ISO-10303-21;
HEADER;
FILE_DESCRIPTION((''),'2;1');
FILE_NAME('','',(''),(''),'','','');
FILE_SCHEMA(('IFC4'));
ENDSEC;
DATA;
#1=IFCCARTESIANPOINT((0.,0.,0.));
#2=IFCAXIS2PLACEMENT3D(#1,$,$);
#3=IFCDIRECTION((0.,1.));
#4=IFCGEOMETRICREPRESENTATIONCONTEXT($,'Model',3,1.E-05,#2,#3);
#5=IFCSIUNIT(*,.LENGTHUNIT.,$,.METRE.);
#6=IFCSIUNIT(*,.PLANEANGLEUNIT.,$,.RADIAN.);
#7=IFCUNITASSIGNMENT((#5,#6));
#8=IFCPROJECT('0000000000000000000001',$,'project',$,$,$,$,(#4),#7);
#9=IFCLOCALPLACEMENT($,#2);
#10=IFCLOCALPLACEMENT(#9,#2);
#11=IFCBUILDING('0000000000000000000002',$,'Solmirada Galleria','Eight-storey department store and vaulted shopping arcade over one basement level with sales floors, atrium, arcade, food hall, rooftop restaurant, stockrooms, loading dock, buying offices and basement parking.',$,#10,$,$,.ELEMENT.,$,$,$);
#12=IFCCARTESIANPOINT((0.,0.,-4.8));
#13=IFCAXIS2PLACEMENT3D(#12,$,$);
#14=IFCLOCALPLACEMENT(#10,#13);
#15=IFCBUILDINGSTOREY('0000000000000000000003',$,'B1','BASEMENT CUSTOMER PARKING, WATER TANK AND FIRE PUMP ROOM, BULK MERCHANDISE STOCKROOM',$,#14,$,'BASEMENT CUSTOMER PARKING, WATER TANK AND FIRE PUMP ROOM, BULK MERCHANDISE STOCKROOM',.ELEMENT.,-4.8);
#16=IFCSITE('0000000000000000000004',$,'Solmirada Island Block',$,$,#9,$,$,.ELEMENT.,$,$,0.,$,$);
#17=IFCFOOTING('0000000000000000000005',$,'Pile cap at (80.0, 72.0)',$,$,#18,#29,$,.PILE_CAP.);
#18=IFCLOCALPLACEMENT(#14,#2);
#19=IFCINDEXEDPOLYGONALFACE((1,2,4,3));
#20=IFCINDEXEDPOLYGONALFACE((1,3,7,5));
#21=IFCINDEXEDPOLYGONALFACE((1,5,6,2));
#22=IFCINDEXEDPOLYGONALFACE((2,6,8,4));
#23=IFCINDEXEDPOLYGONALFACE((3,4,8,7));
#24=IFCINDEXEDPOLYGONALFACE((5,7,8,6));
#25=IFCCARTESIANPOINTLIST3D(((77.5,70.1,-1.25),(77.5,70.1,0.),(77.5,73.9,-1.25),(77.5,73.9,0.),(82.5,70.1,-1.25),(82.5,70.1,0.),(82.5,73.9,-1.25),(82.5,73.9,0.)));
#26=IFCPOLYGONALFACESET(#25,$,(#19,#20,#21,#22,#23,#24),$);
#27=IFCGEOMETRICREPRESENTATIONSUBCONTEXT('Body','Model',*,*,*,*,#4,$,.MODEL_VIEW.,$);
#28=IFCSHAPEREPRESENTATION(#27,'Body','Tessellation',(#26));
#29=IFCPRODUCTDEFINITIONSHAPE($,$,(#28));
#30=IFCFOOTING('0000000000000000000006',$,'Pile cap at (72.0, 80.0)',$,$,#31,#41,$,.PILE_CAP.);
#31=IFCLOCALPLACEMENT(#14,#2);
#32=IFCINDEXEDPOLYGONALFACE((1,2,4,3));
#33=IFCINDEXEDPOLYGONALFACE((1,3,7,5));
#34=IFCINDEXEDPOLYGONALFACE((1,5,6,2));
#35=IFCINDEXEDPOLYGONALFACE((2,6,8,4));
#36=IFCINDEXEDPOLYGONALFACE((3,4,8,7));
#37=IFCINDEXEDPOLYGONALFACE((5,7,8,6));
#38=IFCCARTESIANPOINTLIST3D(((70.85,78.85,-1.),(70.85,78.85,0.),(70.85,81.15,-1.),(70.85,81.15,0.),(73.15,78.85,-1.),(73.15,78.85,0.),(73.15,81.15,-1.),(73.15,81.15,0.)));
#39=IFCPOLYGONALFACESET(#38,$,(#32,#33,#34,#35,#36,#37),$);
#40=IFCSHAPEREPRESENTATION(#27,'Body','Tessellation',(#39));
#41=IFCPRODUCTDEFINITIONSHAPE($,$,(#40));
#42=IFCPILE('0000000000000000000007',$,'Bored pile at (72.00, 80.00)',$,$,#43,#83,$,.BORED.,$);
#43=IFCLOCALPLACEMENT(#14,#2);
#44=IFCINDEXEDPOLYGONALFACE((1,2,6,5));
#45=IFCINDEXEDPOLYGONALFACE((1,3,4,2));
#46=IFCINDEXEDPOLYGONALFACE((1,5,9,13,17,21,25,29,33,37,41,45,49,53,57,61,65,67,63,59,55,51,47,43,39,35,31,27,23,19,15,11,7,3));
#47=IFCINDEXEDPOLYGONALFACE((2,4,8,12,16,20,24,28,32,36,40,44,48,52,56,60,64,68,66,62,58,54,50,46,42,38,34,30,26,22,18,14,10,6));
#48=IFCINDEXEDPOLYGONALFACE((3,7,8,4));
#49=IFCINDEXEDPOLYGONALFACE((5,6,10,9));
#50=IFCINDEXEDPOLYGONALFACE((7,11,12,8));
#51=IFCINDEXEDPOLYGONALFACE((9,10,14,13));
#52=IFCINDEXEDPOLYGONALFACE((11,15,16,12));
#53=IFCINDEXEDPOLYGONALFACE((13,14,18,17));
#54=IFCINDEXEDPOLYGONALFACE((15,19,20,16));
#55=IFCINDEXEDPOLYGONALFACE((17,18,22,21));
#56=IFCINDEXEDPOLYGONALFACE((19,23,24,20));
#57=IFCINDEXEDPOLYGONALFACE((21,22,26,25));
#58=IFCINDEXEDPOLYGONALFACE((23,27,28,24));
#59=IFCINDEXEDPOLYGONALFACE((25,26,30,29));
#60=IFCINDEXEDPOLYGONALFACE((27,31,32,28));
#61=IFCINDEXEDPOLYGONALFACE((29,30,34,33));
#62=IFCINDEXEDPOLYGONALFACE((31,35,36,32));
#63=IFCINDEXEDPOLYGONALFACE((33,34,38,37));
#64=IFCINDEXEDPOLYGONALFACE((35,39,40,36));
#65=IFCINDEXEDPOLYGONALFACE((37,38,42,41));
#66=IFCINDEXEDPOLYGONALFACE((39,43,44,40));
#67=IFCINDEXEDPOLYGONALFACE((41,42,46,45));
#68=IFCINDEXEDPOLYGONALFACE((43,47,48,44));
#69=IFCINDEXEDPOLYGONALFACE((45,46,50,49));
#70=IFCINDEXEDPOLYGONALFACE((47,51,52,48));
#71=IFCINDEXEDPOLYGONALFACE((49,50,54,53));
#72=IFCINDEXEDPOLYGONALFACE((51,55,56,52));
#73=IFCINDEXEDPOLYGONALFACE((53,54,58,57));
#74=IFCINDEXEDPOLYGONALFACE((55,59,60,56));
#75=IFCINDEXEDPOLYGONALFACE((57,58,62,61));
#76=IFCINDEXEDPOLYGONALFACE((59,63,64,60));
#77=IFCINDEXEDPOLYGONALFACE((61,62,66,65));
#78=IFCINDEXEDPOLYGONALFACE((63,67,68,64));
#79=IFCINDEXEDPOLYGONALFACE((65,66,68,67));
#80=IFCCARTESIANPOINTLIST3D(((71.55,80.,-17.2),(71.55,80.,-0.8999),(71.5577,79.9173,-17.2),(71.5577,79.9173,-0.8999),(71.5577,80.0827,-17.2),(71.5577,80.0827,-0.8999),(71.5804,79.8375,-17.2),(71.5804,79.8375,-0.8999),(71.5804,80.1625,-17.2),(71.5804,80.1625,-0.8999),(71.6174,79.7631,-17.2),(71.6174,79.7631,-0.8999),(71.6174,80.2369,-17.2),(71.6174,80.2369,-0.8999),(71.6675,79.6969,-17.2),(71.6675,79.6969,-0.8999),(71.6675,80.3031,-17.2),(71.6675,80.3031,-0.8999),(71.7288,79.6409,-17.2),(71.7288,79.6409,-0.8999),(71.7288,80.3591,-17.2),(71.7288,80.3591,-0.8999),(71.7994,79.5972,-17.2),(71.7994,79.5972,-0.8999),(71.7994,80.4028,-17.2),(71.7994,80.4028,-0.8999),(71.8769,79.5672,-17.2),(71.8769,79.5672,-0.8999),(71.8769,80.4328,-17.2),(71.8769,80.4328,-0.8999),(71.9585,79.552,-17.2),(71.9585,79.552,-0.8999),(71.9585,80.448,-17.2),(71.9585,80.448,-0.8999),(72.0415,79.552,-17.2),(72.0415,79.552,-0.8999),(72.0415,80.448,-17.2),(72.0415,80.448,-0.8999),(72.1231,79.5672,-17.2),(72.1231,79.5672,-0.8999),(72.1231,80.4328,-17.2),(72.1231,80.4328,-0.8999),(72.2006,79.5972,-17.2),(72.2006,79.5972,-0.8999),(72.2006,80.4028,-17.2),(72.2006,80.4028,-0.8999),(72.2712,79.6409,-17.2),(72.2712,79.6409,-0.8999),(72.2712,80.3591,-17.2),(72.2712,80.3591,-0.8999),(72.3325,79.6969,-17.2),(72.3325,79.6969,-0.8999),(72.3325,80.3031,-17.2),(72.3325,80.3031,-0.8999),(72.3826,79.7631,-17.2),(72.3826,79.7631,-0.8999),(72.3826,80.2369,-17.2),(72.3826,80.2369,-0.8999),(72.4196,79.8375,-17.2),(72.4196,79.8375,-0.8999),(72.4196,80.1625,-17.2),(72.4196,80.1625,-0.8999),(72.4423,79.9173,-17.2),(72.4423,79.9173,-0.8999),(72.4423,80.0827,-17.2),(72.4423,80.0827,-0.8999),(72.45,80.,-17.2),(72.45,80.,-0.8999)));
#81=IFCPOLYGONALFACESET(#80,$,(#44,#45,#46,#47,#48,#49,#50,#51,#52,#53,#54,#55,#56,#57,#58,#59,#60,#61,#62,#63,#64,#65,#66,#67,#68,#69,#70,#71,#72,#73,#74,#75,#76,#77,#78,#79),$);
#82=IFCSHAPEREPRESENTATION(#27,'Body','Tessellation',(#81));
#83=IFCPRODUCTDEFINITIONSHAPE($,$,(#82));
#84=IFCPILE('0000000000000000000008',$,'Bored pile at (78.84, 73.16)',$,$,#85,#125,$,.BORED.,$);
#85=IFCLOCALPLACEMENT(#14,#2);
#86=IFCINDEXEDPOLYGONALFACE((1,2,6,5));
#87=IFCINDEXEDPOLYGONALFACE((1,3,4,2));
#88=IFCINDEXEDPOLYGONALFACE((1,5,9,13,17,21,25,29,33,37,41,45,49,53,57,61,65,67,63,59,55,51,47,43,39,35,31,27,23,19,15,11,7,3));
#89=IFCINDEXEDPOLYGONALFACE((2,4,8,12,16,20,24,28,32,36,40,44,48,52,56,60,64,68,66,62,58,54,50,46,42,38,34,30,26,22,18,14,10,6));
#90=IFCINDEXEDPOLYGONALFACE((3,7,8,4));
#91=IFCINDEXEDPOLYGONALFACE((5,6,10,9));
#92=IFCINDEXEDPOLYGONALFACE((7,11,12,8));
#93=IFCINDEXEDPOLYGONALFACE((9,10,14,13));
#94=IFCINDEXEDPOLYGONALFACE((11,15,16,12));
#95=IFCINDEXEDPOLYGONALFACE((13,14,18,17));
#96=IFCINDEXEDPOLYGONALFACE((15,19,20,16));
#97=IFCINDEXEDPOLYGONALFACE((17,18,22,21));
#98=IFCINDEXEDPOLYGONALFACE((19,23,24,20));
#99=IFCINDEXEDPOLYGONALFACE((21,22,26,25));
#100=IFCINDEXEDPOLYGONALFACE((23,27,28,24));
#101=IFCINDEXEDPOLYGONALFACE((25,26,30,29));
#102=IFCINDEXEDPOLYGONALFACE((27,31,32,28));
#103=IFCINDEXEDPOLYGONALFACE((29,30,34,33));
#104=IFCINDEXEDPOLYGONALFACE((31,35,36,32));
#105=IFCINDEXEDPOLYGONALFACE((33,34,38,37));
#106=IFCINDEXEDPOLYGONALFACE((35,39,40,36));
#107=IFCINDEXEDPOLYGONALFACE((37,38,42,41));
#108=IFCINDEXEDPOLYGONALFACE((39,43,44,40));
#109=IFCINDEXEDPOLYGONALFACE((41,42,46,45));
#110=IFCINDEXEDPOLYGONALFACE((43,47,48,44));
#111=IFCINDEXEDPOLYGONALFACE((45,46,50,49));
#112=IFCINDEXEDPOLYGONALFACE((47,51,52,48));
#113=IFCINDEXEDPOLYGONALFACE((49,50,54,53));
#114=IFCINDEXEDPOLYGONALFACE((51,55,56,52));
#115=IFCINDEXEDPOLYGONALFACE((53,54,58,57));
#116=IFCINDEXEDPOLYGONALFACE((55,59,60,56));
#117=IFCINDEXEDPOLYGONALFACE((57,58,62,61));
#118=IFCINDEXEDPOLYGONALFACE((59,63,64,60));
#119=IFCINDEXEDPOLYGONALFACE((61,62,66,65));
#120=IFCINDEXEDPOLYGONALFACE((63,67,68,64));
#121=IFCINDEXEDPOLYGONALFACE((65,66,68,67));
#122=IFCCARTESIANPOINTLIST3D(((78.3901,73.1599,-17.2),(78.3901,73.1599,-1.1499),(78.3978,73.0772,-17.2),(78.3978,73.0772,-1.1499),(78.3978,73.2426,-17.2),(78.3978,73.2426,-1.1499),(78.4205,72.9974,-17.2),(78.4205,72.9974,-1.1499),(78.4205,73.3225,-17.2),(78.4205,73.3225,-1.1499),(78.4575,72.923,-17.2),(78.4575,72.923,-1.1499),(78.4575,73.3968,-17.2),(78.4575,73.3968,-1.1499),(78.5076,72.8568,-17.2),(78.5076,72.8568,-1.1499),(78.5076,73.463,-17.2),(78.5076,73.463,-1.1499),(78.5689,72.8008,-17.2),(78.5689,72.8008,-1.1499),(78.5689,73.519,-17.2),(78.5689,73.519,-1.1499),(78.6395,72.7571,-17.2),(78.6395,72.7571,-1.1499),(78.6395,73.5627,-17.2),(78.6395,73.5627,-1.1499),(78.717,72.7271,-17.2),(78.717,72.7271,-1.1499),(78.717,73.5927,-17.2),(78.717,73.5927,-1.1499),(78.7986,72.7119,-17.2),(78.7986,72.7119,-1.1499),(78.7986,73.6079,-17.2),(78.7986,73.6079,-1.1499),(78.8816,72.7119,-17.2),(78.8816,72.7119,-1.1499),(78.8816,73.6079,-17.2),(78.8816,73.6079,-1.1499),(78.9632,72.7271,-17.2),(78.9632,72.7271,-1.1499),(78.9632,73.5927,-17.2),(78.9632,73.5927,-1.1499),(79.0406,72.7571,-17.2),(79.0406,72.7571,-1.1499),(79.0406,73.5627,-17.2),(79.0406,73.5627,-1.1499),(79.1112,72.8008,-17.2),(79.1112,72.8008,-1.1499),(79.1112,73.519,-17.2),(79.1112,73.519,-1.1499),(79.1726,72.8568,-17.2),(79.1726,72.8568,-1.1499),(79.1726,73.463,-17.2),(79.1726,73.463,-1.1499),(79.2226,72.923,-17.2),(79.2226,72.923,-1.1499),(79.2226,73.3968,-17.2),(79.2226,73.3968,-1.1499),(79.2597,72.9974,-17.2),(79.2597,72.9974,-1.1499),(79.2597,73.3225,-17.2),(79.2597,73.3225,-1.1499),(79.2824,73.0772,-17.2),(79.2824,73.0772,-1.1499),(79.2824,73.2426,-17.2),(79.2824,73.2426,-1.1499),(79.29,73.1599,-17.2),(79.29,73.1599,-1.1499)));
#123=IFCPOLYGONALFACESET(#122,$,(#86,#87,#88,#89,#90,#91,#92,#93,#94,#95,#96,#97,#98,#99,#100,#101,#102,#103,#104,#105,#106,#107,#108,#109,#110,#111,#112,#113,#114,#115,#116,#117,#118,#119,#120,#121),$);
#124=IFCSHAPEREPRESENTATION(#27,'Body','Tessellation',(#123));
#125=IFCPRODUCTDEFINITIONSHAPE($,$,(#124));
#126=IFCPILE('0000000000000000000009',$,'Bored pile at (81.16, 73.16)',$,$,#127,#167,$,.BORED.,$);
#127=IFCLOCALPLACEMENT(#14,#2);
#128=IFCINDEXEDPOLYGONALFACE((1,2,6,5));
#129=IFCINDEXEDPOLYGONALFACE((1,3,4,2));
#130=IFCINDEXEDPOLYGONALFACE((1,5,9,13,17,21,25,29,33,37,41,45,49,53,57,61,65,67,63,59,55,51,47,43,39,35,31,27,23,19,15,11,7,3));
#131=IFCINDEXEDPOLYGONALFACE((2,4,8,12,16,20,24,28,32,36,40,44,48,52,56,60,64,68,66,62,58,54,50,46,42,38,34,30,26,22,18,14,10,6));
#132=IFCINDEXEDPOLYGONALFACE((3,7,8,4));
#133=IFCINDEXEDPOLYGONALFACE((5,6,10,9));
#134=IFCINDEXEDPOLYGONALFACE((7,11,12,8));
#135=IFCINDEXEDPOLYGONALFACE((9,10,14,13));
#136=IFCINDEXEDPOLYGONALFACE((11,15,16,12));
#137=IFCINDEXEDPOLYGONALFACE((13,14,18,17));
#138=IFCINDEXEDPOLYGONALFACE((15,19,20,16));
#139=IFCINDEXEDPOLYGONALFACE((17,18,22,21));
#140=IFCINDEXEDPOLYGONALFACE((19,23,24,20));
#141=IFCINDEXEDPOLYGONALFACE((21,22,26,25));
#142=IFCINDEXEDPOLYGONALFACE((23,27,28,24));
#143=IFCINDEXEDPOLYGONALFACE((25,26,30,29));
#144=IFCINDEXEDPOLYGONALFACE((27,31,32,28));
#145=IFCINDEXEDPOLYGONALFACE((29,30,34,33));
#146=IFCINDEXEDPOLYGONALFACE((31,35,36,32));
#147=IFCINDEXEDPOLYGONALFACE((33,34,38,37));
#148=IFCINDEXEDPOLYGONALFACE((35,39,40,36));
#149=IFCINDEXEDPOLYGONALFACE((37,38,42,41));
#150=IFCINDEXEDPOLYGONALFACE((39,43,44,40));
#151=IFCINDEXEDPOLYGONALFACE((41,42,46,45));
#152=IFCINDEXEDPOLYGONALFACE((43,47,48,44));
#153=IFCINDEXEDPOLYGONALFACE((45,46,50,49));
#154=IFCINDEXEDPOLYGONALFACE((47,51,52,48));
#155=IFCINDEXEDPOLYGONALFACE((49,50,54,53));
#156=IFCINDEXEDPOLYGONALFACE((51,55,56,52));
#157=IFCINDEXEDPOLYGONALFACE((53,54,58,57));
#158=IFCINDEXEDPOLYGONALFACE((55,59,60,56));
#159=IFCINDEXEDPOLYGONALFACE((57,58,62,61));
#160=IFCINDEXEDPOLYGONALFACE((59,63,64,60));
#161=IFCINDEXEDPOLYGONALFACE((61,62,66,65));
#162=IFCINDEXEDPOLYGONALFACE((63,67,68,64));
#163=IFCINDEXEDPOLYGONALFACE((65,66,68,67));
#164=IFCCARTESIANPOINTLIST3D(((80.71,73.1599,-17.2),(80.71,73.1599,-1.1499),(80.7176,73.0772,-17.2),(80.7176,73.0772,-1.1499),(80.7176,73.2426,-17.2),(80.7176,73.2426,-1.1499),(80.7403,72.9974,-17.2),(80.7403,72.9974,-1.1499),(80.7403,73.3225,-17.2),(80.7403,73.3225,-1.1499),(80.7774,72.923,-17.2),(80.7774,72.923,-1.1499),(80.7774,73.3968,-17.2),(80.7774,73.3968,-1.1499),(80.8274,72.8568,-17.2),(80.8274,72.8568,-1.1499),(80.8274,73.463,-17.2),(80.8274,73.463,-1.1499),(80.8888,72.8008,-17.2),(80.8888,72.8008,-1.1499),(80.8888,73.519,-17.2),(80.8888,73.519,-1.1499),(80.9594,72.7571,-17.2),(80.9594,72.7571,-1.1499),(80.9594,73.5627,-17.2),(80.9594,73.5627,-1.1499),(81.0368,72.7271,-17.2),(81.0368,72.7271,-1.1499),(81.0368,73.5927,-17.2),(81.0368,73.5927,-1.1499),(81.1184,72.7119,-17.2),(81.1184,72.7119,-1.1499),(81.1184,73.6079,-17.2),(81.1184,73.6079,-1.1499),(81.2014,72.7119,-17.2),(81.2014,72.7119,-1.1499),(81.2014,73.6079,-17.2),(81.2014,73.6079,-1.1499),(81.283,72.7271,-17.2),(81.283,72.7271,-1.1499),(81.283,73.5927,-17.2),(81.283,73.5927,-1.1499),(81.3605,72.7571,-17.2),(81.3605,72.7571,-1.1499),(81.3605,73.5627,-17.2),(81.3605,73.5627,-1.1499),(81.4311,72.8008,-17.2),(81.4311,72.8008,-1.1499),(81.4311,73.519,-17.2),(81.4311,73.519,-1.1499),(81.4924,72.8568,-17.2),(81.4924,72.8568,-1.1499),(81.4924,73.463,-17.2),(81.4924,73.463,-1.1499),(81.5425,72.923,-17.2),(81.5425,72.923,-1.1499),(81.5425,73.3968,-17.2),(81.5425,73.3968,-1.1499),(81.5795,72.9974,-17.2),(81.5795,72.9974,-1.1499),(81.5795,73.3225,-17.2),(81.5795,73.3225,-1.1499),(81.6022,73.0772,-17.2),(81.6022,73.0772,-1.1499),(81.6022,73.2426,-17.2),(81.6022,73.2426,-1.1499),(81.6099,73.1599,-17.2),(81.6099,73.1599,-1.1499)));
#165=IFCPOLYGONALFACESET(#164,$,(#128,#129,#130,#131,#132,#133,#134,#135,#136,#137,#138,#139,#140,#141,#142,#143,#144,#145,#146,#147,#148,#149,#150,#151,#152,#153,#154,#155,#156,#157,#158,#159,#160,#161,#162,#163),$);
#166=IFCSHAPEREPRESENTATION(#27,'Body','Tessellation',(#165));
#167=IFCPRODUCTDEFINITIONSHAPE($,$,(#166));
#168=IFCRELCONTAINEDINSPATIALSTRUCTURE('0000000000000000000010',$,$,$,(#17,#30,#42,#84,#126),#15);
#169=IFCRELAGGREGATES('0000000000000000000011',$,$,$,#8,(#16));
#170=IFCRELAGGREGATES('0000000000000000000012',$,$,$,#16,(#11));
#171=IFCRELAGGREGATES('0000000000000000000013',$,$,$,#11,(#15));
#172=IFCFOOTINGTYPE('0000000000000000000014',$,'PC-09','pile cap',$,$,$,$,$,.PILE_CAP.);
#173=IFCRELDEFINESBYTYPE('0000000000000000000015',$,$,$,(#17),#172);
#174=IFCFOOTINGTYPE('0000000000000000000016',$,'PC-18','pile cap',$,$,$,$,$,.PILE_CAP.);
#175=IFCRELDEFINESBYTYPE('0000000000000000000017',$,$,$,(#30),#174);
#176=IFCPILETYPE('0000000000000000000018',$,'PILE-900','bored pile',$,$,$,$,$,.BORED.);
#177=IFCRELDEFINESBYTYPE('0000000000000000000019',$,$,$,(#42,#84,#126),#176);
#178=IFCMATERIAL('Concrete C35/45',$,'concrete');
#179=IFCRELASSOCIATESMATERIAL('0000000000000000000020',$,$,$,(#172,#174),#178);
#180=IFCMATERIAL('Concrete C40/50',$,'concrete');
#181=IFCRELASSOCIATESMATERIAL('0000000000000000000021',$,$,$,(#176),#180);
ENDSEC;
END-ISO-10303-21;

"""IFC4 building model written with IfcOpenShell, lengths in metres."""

from ifc_helpers import new_model, si_unit, direction, frame, origin, origin_2d, place, context, subcontext, project, spatial, rectangle, circle, extrude, material, material_profile, profile_set, type_object, element, save


model = new_model("IFC4")

# Units and contexts
model_context = context("Model", 3, precision=1e-05, world=origin(), true_north=direction((0.0, 1.0)))
body_context = subcontext(model_context, "Body", "Model", "MODEL_VIEW")
ifc_project = project(units=[si_unit("LENGTHUNIT", "METRE"), si_unit("PLANEANGLEUNIT", "RADIAN")], contexts=[model_context])

# Site, building, storey
site_placement = place(None, origin())
site = spatial("IfcSite", under=ifc_project, at=site_placement, Name="Solmirada Island Block", CompositionType="ELEMENT", RefElevation=0.0)
building_placement = place(site_placement, origin())
building = spatial("IfcBuilding", under=site, at=building_placement, Name="Solmirada Galleria", Description="Eight-storey department store and vaulted shopping arcade over one basement level with sales floors, atrium, arcade, food hall, rooftop restaurant, stockrooms, loading dock, buying offices and basement parking.", CompositionType="ELEMENT")
storey_placement = place(building_placement, frame((0.0, 0.0, -4.8)))
storey = spatial("IfcBuildingStorey", under=building, at=storey_placement, Name="B1", Description="BASEMENT CUSTOMER PARKING, WATER TANK AND FIRE PUMP ROOM, BULK MERCHANDISE STOCKROOM", LongName="BASEMENT CUSTOMER PARKING, WATER TANK AND FIRE PUMP ROOM, BULK MERCHANDISE STOCKROOM", CompositionType="ELEMENT", Elevation=-4.8)

# Footings
ifc_material_1 = material(Name="Concrete C35/45", Category="concrete")
footing_type_1 = type_object("IfcFootingType", Name="PC-09", Description="pile cap", PredefinedType="PILE_CAP", material=ifc_material_1)
footing_1_placement = place(storey_placement, frame((80.0, 72.0, -1.25), z_axis=(0.0, 0.0, 1.0), x_axis=(1.0, 0.0, 0.0)))
element("IfcFooting", 1, at=footing_1_placement, inside=storey, type_object=footing_type_1, Name="Pile cap at (80.0, 72.0)", PredefinedType="PILE_CAP", context=body_context, shape_type="SweptSolid", body=[
    extrude(rectangle(XDim=5.0, YDim=3.8, at=origin_2d()), origin(), (0.0, 0.0, 1.0), 1.25),
])
footing_type_2 = type_object("IfcFootingType", Name="PC-18", Description="pile cap", PredefinedType="PILE_CAP", material=ifc_material_1)
footing_2_placement = place(storey_placement, frame((72.0, 80.0, -1.0), z_axis=(0.0, 0.0, 1.0), x_axis=(1.0, 0.0, 0.0)))
element("IfcFooting", 2, at=footing_2_placement, inside=storey, type_object=footing_type_2, Name="Pile cap at (72.0, 80.0)", PredefinedType="PILE_CAP", context=body_context, shape_type="SweptSolid", body=[
    extrude(rectangle(XDim=2.3, YDim=2.3, at=origin_2d()), origin(), (0.0, 0.0, 1.0), 1.0),
])

# Piles
ifc_material_2 = material(Name="Concrete C40/50", Category="concrete")
ifc_material_profile_1 = material_profile(ifc_material_2, circle(Radius=0.45, at=origin_2d()), Name="PILE900")
ifc_profile_set_1 = profile_set([ifc_material_profile_1], Name="Concrete C40/50")
pile_type = type_object("IfcPileType", Name="PILE-900", Description="bored pile", PredefinedType="BORED", material=ifc_profile_set_1)
pile_1_placement = place(storey_placement, frame((72.0, 80.0, -0.8999), z_axis=(0.0, 0.0, -1.0), x_axis=(1.0, 0.0, 0.0)))
element("IfcPile", 3, at=pile_1_placement, inside=storey, type_object=pile_type, Name="Bored pile at (72.00, 80.00)", PredefinedType="BORED", context=body_context, shape_type="SweptSolid", body=[
    extrude(circle(Radius=0.45, at=origin_2d()), origin(), (0.0, 0.0, 1.0), 16.3),
])
for number, where, z_axis, x_axis, name in (
    (4, (78.8401, 73.1599, -1.1499), (0.0, 0.0, -1.0), (1.0, 0.0, 0.0), "Bored pile at (78.84, 73.16)"),
    (5, (81.1599, 73.1599, -1.1499), (0.0, 0.0, -1.0), (1.0, 0.0, 0.0), "Bored pile at (81.16, 73.16)"),
):
    element("IfcPile", number, at=place(storey_placement, frame(where, z_axis=z_axis, x_axis=x_axis)), inside=storey, type_object=pile_type, Name=name, PredefinedType="BORED", context=body_context, shape_type="SweptSolid", body=[
        extrude(circle(Radius=0.45, at=origin_2d()), origin(), (0.0, 0.0, 1.0), 16.05),
    ])

save(model, "model.ifc")
